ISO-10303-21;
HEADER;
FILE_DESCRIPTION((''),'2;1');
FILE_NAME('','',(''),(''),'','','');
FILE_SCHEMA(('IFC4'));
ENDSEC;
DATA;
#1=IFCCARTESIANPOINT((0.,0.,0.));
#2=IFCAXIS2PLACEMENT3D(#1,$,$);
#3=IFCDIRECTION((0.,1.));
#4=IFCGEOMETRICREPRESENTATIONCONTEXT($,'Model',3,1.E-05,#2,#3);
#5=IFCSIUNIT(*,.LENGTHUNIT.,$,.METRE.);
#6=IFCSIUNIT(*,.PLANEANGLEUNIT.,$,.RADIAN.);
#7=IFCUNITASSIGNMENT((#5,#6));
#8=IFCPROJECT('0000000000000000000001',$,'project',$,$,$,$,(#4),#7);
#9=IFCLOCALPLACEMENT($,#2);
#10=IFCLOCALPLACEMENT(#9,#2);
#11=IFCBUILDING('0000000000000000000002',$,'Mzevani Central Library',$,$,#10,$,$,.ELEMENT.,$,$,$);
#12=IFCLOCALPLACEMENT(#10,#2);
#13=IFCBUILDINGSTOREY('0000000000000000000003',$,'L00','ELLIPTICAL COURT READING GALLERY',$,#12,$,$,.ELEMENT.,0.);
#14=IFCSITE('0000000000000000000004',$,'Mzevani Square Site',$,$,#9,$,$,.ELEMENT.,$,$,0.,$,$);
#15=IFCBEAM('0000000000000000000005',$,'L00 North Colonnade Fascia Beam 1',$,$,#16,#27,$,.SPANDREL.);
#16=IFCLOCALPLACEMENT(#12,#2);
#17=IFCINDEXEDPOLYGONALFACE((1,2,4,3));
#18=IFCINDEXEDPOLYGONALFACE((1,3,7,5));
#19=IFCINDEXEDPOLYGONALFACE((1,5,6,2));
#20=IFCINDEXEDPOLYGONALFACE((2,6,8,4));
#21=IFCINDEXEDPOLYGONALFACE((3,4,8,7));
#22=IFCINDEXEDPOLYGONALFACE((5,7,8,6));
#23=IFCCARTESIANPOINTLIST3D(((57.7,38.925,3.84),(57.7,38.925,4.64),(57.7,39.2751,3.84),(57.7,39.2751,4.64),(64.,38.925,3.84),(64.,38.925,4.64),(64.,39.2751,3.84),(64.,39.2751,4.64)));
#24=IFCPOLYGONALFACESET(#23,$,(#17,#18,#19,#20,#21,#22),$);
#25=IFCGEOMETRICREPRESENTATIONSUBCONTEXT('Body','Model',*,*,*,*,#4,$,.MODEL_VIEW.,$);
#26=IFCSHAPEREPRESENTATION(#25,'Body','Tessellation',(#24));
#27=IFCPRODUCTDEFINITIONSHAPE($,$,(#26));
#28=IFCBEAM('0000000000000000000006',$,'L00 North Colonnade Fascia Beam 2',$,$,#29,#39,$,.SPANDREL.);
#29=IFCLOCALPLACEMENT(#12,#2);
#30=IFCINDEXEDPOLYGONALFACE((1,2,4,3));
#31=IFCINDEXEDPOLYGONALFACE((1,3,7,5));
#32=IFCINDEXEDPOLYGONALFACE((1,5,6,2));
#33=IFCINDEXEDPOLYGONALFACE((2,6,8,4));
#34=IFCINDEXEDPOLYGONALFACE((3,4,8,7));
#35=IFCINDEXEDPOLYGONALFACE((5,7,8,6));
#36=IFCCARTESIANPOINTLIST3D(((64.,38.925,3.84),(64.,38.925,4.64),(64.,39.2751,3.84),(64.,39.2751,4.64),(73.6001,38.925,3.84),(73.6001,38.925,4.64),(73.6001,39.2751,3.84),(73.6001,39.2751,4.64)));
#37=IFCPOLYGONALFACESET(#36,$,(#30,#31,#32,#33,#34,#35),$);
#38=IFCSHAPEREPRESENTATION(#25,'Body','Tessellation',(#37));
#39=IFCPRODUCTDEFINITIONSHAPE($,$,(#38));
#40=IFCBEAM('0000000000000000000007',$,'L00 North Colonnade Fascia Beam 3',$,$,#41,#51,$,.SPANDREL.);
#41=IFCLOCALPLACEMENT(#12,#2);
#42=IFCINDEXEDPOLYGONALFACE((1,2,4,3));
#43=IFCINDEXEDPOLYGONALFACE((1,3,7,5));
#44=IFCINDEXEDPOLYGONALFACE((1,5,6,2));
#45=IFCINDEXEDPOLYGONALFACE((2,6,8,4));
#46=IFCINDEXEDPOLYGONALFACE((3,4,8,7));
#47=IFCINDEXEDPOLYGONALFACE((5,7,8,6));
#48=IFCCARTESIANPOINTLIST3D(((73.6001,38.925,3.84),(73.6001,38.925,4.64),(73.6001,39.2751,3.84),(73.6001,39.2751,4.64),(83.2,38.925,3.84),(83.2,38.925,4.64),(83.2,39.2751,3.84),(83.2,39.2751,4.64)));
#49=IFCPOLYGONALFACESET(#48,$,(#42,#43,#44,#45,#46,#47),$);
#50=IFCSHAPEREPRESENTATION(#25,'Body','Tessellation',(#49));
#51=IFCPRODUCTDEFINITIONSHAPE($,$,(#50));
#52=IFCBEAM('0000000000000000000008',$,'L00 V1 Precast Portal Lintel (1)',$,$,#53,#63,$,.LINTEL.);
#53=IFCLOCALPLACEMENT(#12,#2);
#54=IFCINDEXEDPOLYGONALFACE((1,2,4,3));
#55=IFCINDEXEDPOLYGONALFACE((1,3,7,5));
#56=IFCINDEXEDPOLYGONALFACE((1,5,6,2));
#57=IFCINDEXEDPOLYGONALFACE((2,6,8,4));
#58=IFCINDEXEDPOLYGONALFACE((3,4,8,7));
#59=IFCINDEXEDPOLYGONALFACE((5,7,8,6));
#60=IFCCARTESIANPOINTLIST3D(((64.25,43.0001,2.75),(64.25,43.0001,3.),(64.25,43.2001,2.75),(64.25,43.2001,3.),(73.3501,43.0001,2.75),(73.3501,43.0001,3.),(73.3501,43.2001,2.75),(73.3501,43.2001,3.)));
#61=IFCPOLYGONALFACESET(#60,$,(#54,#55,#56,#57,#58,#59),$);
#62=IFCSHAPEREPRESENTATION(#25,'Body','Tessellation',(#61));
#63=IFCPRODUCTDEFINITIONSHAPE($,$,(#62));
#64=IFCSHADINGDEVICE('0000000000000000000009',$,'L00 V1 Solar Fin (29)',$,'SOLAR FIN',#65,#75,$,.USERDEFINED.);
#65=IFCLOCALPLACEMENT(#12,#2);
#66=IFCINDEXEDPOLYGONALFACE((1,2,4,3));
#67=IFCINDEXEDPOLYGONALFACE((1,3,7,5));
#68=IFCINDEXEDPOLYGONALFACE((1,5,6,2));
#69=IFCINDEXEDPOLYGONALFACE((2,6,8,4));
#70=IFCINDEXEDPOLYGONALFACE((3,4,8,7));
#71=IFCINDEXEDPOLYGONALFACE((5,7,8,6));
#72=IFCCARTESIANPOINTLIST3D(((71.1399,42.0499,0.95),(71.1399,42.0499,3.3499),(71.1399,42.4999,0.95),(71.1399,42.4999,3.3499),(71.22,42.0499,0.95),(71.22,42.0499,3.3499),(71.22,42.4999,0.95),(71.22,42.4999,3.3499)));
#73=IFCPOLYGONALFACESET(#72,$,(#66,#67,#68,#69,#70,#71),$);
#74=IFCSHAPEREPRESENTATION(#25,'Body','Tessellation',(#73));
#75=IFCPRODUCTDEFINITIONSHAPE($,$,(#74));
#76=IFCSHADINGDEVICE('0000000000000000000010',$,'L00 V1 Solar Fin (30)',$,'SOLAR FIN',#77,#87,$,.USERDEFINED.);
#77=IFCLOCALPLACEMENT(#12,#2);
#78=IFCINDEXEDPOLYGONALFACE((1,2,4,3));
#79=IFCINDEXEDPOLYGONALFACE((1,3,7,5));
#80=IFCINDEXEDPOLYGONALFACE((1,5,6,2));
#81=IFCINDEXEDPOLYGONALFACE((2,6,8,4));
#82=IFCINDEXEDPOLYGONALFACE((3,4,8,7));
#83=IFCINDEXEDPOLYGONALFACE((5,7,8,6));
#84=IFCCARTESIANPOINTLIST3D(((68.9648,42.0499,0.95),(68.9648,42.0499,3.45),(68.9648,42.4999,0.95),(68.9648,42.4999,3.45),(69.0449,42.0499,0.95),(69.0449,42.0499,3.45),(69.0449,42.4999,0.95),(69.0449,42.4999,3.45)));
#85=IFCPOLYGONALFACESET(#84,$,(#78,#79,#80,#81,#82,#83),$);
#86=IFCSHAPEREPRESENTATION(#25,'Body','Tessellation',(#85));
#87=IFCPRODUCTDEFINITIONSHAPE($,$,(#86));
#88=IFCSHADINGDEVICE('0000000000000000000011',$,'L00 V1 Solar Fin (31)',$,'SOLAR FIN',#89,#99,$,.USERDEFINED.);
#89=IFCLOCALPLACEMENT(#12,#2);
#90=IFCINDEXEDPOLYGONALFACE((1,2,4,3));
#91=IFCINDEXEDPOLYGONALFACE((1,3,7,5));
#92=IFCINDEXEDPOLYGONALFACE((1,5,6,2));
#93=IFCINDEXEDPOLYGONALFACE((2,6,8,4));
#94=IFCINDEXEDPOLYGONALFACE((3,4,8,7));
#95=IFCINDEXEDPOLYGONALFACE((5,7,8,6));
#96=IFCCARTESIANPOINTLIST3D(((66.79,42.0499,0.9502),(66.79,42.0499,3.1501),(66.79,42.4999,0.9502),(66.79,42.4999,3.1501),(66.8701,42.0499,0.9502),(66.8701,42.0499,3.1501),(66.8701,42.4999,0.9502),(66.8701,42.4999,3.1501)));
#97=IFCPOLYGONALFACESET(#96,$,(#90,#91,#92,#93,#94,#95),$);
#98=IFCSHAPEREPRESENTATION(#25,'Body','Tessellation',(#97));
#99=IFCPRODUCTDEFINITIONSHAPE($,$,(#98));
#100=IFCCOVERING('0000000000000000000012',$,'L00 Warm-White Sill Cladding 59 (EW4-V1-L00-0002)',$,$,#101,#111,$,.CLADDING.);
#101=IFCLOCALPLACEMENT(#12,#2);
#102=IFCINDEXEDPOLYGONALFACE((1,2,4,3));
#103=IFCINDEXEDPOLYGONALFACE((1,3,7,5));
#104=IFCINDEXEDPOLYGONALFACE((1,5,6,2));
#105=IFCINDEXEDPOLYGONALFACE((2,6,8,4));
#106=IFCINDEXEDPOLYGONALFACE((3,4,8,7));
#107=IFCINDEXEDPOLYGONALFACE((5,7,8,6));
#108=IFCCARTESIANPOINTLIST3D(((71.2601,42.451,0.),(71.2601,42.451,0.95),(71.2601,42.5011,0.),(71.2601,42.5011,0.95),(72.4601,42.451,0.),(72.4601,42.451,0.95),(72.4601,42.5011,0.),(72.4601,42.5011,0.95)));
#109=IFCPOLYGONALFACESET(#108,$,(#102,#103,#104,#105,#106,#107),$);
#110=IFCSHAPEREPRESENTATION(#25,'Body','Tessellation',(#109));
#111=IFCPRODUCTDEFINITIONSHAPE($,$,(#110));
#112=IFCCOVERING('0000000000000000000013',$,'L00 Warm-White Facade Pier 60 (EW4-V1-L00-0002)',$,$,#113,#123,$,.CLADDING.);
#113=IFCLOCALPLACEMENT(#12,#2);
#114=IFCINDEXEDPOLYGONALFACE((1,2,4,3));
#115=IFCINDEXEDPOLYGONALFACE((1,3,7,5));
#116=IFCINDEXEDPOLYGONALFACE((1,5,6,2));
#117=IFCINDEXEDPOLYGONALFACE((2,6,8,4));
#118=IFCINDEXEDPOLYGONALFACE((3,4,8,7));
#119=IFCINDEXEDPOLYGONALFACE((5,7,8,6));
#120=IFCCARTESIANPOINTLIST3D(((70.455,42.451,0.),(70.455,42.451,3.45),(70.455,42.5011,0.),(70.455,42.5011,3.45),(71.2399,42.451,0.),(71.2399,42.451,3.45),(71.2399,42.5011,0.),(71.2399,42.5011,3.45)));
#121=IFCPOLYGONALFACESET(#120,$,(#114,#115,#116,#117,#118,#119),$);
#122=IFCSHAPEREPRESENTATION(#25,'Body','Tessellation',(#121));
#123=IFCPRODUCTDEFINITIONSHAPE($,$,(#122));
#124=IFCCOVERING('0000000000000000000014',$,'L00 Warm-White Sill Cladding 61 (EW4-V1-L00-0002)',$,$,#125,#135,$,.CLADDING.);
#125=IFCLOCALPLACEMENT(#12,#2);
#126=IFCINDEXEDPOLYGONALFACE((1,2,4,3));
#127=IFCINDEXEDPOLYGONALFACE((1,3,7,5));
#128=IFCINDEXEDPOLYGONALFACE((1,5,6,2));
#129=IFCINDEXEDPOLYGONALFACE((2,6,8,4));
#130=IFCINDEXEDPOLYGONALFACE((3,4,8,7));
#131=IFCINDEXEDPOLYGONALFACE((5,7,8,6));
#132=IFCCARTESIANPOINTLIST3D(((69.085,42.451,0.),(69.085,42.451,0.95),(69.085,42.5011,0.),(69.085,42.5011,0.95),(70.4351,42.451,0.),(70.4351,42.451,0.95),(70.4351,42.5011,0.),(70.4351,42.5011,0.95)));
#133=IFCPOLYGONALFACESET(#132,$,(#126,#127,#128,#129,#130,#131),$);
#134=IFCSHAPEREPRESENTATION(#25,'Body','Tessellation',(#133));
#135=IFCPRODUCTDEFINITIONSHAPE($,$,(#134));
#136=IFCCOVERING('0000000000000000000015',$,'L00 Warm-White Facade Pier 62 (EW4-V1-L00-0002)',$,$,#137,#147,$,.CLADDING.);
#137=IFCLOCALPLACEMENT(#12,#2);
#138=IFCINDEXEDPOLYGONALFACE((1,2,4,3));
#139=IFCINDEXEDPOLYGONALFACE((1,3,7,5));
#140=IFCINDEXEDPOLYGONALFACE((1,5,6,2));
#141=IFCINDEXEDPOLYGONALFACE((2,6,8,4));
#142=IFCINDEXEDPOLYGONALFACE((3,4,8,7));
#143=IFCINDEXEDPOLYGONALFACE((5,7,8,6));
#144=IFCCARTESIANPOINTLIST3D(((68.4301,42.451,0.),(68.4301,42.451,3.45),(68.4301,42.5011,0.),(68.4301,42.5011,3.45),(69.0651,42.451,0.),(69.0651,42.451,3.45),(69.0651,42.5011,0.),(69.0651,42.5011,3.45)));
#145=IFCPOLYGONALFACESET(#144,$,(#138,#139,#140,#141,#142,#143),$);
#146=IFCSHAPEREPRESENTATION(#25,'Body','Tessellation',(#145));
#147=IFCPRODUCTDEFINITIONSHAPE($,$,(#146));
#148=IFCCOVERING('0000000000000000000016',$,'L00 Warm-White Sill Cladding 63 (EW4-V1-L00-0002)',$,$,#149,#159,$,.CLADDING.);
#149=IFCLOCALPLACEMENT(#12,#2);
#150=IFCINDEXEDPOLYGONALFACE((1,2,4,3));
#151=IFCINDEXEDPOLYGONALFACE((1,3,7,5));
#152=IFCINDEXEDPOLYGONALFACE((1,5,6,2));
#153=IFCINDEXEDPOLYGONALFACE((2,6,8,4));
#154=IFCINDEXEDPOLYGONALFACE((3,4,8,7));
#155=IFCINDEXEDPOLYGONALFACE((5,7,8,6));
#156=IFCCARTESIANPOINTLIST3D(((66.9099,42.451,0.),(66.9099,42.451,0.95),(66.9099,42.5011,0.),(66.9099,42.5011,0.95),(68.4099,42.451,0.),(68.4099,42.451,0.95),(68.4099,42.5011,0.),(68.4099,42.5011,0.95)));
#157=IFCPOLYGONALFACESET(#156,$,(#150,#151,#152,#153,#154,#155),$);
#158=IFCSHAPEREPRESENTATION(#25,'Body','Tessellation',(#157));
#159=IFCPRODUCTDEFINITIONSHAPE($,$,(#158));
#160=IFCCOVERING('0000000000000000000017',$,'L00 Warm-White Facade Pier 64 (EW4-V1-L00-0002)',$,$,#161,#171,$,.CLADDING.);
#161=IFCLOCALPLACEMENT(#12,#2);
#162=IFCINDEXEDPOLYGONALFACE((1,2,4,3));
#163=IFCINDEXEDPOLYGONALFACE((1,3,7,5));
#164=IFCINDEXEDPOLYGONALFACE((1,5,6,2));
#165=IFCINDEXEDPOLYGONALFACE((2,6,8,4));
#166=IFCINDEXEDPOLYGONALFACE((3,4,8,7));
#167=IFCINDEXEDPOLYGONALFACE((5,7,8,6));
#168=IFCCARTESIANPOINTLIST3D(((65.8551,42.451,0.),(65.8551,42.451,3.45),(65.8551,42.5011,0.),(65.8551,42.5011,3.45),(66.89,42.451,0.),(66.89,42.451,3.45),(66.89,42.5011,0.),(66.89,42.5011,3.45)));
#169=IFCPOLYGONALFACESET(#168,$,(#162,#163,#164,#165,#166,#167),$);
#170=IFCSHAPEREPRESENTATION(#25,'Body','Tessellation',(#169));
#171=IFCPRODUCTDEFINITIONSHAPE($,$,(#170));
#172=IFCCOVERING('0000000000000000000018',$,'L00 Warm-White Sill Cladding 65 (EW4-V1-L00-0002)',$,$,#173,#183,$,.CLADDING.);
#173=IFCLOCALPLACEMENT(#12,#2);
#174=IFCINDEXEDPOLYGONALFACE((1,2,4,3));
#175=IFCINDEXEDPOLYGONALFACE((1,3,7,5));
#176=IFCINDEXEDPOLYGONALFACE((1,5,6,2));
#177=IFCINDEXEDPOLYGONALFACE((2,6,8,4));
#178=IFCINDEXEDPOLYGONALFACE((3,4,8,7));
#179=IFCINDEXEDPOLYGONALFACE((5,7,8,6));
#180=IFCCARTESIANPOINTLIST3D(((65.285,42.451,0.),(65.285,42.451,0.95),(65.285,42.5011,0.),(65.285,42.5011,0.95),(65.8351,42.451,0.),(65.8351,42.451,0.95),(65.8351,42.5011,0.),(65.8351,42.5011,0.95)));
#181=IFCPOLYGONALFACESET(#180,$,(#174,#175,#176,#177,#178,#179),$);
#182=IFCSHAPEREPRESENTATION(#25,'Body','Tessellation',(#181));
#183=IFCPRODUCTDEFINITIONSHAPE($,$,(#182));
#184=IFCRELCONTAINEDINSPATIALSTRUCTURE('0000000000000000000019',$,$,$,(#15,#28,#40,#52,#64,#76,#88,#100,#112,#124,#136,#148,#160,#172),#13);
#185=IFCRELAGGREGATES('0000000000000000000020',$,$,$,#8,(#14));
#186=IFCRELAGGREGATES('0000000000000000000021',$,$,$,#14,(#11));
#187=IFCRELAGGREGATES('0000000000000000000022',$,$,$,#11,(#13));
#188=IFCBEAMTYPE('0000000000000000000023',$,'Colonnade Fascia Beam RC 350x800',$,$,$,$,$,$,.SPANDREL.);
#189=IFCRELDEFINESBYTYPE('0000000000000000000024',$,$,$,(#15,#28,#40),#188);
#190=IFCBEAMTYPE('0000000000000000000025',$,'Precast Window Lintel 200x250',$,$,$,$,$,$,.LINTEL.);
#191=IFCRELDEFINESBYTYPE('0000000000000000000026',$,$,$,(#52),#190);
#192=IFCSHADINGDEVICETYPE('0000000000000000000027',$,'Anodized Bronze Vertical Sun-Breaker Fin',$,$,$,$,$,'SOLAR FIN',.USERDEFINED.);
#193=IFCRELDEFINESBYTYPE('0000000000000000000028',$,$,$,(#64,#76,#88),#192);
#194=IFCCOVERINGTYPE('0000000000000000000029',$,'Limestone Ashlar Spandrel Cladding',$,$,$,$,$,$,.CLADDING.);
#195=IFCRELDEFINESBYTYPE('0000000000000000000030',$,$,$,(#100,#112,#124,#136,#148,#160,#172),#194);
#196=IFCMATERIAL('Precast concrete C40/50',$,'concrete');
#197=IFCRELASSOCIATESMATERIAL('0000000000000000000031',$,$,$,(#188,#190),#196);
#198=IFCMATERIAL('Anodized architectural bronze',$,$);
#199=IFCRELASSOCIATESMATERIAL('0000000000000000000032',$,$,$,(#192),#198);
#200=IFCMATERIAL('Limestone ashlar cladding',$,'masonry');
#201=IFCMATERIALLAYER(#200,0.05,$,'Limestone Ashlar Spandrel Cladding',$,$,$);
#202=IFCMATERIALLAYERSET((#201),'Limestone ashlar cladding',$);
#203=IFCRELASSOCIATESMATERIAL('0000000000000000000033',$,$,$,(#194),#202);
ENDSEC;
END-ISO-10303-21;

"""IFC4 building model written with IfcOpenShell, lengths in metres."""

from ifc_helpers import new_model, si_unit, direction, frame, origin, origin_2d, place, context, subcontext, project, spatial, rectangle, extrude, material, layer, layer_set, material_profile, profile_set, type_object, element, save


model = new_model("IFC4")

# Units and contexts
model_context = context("Model", 3, precision=1e-05, world=origin(), true_north=direction((0.0, 1.0)))
body_context = subcontext(model_context, "Body", "Model", "MODEL_VIEW")
ifc_project = project(units=[si_unit("LENGTHUNIT", "METRE"), si_unit("PLANEANGLEUNIT", "RADIAN")], contexts=[model_context])

# Site, building, storey
site_placement = place(None, origin())
site = spatial("IfcSite", under=ifc_project, at=site_placement, Name="Mzevani Square Site", CompositionType="ELEMENT", RefElevation=0.0)
building_placement = place(site_placement, origin())
building = spatial("IfcBuilding", under=site, at=building_placement, Name="Mzevani Central Library", CompositionType="ELEMENT")
storey_placement = place(building_placement, origin())
storey = spatial("IfcBuildingStorey", under=building, at=storey_placement, Name="L00", Description="ELLIPTICAL COURT READING GALLERY", CompositionType="ELEMENT", Elevation=0.0)

# Shared definitions
ifc_material_1 = material(Name="Precast concrete C40/50", Category="concrete")

# Beams
ifc_material_profile_1 = material_profile(ifc_material_1, rectangle(XDim=0.3501, YDim=0.8, at=origin_2d()), Name="RC SP350x800")
ifc_profile_set_1 = profile_set([ifc_material_profile_1], Name="Precast concrete C40/50")
beam_type_1 = type_object("IfcBeamType", Name="Colonnade Fascia Beam RC 350x800", PredefinedType="SPANDREL", material=ifc_profile_set_1)
beam_1_placement = place(storey_placement, frame((57.7, 39.1001, 4.24), z_axis=(1.0, 0.0, 0.0), x_axis=(0.0, 1.0, 0.0)))
element("IfcBeam", 1, at=beam_1_placement, inside=storey, type_object=beam_type_1, Name="L00 North Colonnade Fascia Beam 1", PredefinedType="SPANDREL", context=body_context, shape_type="SweptSolid", body=[
    extrude(rectangle(XDim=0.3501, YDim=0.8, at=origin_2d()), origin(), (0.0, 0.0, 1.0), 6.3),
])
beam_2_placement = place(storey_placement, frame((64.0, 39.1001, 4.24), z_axis=(1.0, 0.0, 0.0), x_axis=(0.0, 1.0, 0.0)))
element("IfcBeam", 2, at=beam_2_placement, inside=storey, type_object=beam_type_1, Name="L00 North Colonnade Fascia Beam 2", PredefinedType="SPANDREL", context=body_context, shape_type="SweptSolid", body=[
    extrude(rectangle(XDim=0.3501, YDim=0.8, at=origin_2d()), origin(), (0.0, 0.0, 1.0), 9.6001),
])
beam_3_placement = place(storey_placement, frame((73.6001, 39.1001, 4.24), z_axis=(1.0, 0.0, 0.0), x_axis=(0.0, 1.0, 0.0)))
element("IfcBeam", 3, at=beam_3_placement, inside=storey, type_object=beam_type_1, Name="L00 North Colonnade Fascia Beam 3", PredefinedType="SPANDREL", context=body_context, shape_type="SweptSolid", body=[
    extrude(rectangle(XDim=0.3501, YDim=0.8, at=origin_2d()), origin(), (0.0, 0.0, 1.0), 9.5999),
])
ifc_material_profile_2 = material_profile(ifc_material_1, rectangle(XDim=0.2, YDim=0.25, at=origin_2d()), Name="PC LN200x250")
ifc_profile_set_2 = profile_set([ifc_material_profile_2], Name="Precast concrete C40/50")
beam_type_2 = type_object("IfcBeamType", Name="Precast Window Lintel 200x250", PredefinedType="LINTEL", material=ifc_profile_set_2)
beam_4_placement = place(storey_placement, frame((64.25, 43.1001, 2.875), z_axis=(1.0, 0.0, 0.0), x_axis=(0.0, 1.0, 0.0)))
element("IfcBeam", 4, at=beam_4_placement, inside=storey, type_object=beam_type_2, Name="L00 V1 Precast Portal Lintel (1)", PredefinedType="LINTEL", context=body_context, shape_type="SweptSolid", body=[
    extrude(rectangle(XDim=0.2, YDim=0.25, at=origin_2d()), origin(), (0.0, 0.0, 1.0), 9.1001),
])

# Shading devices
ifc_material_2 = material(Name="Anodized architectural bronze")
shading_device_type_1 = type_object("IfcShadingDeviceType", Name="Anodized Bronze Vertical Sun-Breaker Fin", ElementType="SOLAR FIN", PredefinedType="USERDEFINED", material=ifc_material_2)
shading_device_1_placement = place(storey_placement, frame((71.1799, 42.2749, 0.95), z_axis=(0.0, 0.0, 1.0), x_axis=(-1.0, 0.0, 0.0)))
element("IfcShadingDevice", 5, at=shading_device_1_placement, inside=storey, type_object=shading_device_type_1, Name="L00 V1 Solar Fin (29)", ObjectType="SOLAR FIN", PredefinedType="USERDEFINED", context=body_context, shape_type="SweptSolid", body=[
    extrude(rectangle(XDim=0.0801, YDim=0.45, at=origin_2d()), origin(), (0.0, 0.0, 1.0), 2.3999),
])
shading_device_2_placement = place(storey_placement, frame((69.0049, 42.2749, 0.95), z_axis=(0.0, 0.0, 1.0), x_axis=(-1.0, 0.0, 0.0)))
element("IfcShadingDevice", 6, at=shading_device_2_placement, inside=storey, type_object=shading_device_type_1, Name="L00 V1 Solar Fin (30)", ObjectType="SOLAR FIN", PredefinedType="USERDEFINED", context=body_context, shape_type="SweptSolid", body=[
    extrude(rectangle(XDim=0.0801, YDim=0.45, at=origin_2d()), origin(), (0.0, 0.0, 1.0), 2.5),
])
shading_device_3_placement = place(storey_placement, frame((66.8301, 42.2749, 0.9502), z_axis=(0.0, 0.0, 1.0), x_axis=(-1.0, 0.0, 0.0)))
element("IfcShadingDevice", 7, at=shading_device_3_placement, inside=storey, type_object=shading_device_type_1, Name="L00 V1 Solar Fin (31)", ObjectType="SOLAR FIN", PredefinedType="USERDEFINED", context=body_context, shape_type="SweptSolid", body=[
    extrude(rectangle(XDim=0.0801, YDim=0.45, at=origin_2d()), origin(), (0.0, 0.0, 1.0), 2.2),
])

# Coverings
ifc_material_3 = material(Name="Limestone ashlar cladding", Category="masonry")
ifc_layer_1 = layer(ifc_material_3, 0.05, Name="Limestone Ashlar Spandrel Cladding")
ifc_layer_set_1 = layer_set([ifc_layer_1], Name="Limestone ashlar cladding")
covering_type = type_object("IfcCoveringType", Name="Limestone Ashlar Spandrel Cladding", PredefinedType="CLADDING", material=ifc_layer_set_1)
covering_1_placement = place(storey_placement, frame((71.8601, 42.4761, 0.0), z_axis=(0.0, 0.0, 1.0), x_axis=(-1.0, 0.0, 0.0)))
element("IfcCovering", 8, at=covering_1_placement, inside=storey, type_object=covering_type, Name="L00 Warm-White Sill Cladding 59 (EW4-V1-L00-0002)", PredefinedType="CLADDING", context=body_context, shape_type="SweptSolid", body=[
    extrude(rectangle(XDim=1.2, YDim=0.05, at=origin_2d()), origin(), (0.0, 0.0, 1.0), 0.95),
])
covering_2_placement = place(storey_placement, frame((70.8474, 42.4761, 0.0), z_axis=(0.0, 0.0, 1.0), x_axis=(-1.0, 0.0, 0.0)))
element("IfcCovering", 9, at=covering_2_placement, inside=storey, type_object=covering_type, Name="L00 Warm-White Facade Pier 60 (EW4-V1-L00-0002)", PredefinedType="CLADDING", context=body_context, shape_type="SweptSolid", body=[
    extrude(rectangle(XDim=0.7849, YDim=0.05, at=origin_2d()), origin(), (0.0, 0.0, 1.0), 3.45),
])
covering_3_placement = place(storey_placement, frame((69.76, 42.4761, 0.0), z_axis=(0.0, 0.0, 1.0), x_axis=(-1.0, 0.0, 0.0)))
element("IfcCovering", 10, at=covering_3_placement, inside=storey, type_object=covering_type, Name="L00 Warm-White Sill Cladding 61 (EW4-V1-L00-0002)", PredefinedType="CLADDING", context=body_context, shape_type="SweptSolid", body=[
    extrude(rectangle(XDim=1.3501, YDim=0.05, at=origin_2d()), origin(), (0.0, 0.0, 1.0), 0.95),
])
covering_4_placement = place(storey_placement, frame((68.7476, 42.4761, 0.0), z_axis=(0.0, 0.0, 1.0), x_axis=(-1.0, 0.0, 0.0)))
element("IfcCovering", 11, at=covering_4_placement, inside=storey, type_object=covering_type, Name="L00 Warm-White Facade Pier 62 (EW4-V1-L00-0002)", PredefinedType="CLADDING", context=body_context, shape_type="SweptSolid", body=[
    extrude(rectangle(XDim=0.635, YDim=0.05, at=origin_2d()), origin(), (0.0, 0.0, 1.0), 3.45),
])
covering_5_placement = place(storey_placement, frame((67.6599, 42.4761, 0.0), z_axis=(0.0, 0.0, 1.0), x_axis=(-1.0, 0.0, 0.0)))
element("IfcCovering", 12, at=covering_5_placement, inside=storey, type_object=covering_type, Name="L00 Warm-White Sill Cladding 63 (EW4-V1-L00-0002)", PredefinedType="CLADDING", context=body_context, shape_type="SweptSolid", body=[
    extrude(rectangle(XDim=1.5, YDim=0.05, at=origin_2d()), origin(), (0.0, 0.0, 1.0), 0.95),
])
covering_6_placement = place(storey_placement, frame((66.3726, 42.4761, 0.0), z_axis=(0.0, 0.0, 1.0), x_axis=(-1.0, 0.0, 0.0)))
element("IfcCovering", 13, at=covering_6_placement, inside=storey, type_object=covering_type, Name="L00 Warm-White Facade Pier 64 (EW4-V1-L00-0002)", PredefinedType="CLADDING", context=body_context, shape_type="SweptSolid", body=[
    extrude(rectangle(XDim=1.0349, YDim=0.05, at=origin_2d()), origin(), (0.0, 0.0, 1.0), 3.45),
])
covering_7_placement = place(storey_placement, frame((65.5601, 42.4761, 0.0), z_axis=(0.0, 0.0, 1.0), x_axis=(-1.0, 0.0, 0.0)))
element("IfcCovering", 14, at=covering_7_placement, inside=storey, type_object=covering_type, Name="L00 Warm-White Sill Cladding 65 (EW4-V1-L00-0002)", PredefinedType="CLADDING", context=body_context, shape_type="SweptSolid", body=[
    extrude(rectangle(XDim=0.55, YDim=0.05, at=origin_2d()), origin(), (0.0, 0.0, 1.0), 0.95),
])

save(model, "model.ifc")
